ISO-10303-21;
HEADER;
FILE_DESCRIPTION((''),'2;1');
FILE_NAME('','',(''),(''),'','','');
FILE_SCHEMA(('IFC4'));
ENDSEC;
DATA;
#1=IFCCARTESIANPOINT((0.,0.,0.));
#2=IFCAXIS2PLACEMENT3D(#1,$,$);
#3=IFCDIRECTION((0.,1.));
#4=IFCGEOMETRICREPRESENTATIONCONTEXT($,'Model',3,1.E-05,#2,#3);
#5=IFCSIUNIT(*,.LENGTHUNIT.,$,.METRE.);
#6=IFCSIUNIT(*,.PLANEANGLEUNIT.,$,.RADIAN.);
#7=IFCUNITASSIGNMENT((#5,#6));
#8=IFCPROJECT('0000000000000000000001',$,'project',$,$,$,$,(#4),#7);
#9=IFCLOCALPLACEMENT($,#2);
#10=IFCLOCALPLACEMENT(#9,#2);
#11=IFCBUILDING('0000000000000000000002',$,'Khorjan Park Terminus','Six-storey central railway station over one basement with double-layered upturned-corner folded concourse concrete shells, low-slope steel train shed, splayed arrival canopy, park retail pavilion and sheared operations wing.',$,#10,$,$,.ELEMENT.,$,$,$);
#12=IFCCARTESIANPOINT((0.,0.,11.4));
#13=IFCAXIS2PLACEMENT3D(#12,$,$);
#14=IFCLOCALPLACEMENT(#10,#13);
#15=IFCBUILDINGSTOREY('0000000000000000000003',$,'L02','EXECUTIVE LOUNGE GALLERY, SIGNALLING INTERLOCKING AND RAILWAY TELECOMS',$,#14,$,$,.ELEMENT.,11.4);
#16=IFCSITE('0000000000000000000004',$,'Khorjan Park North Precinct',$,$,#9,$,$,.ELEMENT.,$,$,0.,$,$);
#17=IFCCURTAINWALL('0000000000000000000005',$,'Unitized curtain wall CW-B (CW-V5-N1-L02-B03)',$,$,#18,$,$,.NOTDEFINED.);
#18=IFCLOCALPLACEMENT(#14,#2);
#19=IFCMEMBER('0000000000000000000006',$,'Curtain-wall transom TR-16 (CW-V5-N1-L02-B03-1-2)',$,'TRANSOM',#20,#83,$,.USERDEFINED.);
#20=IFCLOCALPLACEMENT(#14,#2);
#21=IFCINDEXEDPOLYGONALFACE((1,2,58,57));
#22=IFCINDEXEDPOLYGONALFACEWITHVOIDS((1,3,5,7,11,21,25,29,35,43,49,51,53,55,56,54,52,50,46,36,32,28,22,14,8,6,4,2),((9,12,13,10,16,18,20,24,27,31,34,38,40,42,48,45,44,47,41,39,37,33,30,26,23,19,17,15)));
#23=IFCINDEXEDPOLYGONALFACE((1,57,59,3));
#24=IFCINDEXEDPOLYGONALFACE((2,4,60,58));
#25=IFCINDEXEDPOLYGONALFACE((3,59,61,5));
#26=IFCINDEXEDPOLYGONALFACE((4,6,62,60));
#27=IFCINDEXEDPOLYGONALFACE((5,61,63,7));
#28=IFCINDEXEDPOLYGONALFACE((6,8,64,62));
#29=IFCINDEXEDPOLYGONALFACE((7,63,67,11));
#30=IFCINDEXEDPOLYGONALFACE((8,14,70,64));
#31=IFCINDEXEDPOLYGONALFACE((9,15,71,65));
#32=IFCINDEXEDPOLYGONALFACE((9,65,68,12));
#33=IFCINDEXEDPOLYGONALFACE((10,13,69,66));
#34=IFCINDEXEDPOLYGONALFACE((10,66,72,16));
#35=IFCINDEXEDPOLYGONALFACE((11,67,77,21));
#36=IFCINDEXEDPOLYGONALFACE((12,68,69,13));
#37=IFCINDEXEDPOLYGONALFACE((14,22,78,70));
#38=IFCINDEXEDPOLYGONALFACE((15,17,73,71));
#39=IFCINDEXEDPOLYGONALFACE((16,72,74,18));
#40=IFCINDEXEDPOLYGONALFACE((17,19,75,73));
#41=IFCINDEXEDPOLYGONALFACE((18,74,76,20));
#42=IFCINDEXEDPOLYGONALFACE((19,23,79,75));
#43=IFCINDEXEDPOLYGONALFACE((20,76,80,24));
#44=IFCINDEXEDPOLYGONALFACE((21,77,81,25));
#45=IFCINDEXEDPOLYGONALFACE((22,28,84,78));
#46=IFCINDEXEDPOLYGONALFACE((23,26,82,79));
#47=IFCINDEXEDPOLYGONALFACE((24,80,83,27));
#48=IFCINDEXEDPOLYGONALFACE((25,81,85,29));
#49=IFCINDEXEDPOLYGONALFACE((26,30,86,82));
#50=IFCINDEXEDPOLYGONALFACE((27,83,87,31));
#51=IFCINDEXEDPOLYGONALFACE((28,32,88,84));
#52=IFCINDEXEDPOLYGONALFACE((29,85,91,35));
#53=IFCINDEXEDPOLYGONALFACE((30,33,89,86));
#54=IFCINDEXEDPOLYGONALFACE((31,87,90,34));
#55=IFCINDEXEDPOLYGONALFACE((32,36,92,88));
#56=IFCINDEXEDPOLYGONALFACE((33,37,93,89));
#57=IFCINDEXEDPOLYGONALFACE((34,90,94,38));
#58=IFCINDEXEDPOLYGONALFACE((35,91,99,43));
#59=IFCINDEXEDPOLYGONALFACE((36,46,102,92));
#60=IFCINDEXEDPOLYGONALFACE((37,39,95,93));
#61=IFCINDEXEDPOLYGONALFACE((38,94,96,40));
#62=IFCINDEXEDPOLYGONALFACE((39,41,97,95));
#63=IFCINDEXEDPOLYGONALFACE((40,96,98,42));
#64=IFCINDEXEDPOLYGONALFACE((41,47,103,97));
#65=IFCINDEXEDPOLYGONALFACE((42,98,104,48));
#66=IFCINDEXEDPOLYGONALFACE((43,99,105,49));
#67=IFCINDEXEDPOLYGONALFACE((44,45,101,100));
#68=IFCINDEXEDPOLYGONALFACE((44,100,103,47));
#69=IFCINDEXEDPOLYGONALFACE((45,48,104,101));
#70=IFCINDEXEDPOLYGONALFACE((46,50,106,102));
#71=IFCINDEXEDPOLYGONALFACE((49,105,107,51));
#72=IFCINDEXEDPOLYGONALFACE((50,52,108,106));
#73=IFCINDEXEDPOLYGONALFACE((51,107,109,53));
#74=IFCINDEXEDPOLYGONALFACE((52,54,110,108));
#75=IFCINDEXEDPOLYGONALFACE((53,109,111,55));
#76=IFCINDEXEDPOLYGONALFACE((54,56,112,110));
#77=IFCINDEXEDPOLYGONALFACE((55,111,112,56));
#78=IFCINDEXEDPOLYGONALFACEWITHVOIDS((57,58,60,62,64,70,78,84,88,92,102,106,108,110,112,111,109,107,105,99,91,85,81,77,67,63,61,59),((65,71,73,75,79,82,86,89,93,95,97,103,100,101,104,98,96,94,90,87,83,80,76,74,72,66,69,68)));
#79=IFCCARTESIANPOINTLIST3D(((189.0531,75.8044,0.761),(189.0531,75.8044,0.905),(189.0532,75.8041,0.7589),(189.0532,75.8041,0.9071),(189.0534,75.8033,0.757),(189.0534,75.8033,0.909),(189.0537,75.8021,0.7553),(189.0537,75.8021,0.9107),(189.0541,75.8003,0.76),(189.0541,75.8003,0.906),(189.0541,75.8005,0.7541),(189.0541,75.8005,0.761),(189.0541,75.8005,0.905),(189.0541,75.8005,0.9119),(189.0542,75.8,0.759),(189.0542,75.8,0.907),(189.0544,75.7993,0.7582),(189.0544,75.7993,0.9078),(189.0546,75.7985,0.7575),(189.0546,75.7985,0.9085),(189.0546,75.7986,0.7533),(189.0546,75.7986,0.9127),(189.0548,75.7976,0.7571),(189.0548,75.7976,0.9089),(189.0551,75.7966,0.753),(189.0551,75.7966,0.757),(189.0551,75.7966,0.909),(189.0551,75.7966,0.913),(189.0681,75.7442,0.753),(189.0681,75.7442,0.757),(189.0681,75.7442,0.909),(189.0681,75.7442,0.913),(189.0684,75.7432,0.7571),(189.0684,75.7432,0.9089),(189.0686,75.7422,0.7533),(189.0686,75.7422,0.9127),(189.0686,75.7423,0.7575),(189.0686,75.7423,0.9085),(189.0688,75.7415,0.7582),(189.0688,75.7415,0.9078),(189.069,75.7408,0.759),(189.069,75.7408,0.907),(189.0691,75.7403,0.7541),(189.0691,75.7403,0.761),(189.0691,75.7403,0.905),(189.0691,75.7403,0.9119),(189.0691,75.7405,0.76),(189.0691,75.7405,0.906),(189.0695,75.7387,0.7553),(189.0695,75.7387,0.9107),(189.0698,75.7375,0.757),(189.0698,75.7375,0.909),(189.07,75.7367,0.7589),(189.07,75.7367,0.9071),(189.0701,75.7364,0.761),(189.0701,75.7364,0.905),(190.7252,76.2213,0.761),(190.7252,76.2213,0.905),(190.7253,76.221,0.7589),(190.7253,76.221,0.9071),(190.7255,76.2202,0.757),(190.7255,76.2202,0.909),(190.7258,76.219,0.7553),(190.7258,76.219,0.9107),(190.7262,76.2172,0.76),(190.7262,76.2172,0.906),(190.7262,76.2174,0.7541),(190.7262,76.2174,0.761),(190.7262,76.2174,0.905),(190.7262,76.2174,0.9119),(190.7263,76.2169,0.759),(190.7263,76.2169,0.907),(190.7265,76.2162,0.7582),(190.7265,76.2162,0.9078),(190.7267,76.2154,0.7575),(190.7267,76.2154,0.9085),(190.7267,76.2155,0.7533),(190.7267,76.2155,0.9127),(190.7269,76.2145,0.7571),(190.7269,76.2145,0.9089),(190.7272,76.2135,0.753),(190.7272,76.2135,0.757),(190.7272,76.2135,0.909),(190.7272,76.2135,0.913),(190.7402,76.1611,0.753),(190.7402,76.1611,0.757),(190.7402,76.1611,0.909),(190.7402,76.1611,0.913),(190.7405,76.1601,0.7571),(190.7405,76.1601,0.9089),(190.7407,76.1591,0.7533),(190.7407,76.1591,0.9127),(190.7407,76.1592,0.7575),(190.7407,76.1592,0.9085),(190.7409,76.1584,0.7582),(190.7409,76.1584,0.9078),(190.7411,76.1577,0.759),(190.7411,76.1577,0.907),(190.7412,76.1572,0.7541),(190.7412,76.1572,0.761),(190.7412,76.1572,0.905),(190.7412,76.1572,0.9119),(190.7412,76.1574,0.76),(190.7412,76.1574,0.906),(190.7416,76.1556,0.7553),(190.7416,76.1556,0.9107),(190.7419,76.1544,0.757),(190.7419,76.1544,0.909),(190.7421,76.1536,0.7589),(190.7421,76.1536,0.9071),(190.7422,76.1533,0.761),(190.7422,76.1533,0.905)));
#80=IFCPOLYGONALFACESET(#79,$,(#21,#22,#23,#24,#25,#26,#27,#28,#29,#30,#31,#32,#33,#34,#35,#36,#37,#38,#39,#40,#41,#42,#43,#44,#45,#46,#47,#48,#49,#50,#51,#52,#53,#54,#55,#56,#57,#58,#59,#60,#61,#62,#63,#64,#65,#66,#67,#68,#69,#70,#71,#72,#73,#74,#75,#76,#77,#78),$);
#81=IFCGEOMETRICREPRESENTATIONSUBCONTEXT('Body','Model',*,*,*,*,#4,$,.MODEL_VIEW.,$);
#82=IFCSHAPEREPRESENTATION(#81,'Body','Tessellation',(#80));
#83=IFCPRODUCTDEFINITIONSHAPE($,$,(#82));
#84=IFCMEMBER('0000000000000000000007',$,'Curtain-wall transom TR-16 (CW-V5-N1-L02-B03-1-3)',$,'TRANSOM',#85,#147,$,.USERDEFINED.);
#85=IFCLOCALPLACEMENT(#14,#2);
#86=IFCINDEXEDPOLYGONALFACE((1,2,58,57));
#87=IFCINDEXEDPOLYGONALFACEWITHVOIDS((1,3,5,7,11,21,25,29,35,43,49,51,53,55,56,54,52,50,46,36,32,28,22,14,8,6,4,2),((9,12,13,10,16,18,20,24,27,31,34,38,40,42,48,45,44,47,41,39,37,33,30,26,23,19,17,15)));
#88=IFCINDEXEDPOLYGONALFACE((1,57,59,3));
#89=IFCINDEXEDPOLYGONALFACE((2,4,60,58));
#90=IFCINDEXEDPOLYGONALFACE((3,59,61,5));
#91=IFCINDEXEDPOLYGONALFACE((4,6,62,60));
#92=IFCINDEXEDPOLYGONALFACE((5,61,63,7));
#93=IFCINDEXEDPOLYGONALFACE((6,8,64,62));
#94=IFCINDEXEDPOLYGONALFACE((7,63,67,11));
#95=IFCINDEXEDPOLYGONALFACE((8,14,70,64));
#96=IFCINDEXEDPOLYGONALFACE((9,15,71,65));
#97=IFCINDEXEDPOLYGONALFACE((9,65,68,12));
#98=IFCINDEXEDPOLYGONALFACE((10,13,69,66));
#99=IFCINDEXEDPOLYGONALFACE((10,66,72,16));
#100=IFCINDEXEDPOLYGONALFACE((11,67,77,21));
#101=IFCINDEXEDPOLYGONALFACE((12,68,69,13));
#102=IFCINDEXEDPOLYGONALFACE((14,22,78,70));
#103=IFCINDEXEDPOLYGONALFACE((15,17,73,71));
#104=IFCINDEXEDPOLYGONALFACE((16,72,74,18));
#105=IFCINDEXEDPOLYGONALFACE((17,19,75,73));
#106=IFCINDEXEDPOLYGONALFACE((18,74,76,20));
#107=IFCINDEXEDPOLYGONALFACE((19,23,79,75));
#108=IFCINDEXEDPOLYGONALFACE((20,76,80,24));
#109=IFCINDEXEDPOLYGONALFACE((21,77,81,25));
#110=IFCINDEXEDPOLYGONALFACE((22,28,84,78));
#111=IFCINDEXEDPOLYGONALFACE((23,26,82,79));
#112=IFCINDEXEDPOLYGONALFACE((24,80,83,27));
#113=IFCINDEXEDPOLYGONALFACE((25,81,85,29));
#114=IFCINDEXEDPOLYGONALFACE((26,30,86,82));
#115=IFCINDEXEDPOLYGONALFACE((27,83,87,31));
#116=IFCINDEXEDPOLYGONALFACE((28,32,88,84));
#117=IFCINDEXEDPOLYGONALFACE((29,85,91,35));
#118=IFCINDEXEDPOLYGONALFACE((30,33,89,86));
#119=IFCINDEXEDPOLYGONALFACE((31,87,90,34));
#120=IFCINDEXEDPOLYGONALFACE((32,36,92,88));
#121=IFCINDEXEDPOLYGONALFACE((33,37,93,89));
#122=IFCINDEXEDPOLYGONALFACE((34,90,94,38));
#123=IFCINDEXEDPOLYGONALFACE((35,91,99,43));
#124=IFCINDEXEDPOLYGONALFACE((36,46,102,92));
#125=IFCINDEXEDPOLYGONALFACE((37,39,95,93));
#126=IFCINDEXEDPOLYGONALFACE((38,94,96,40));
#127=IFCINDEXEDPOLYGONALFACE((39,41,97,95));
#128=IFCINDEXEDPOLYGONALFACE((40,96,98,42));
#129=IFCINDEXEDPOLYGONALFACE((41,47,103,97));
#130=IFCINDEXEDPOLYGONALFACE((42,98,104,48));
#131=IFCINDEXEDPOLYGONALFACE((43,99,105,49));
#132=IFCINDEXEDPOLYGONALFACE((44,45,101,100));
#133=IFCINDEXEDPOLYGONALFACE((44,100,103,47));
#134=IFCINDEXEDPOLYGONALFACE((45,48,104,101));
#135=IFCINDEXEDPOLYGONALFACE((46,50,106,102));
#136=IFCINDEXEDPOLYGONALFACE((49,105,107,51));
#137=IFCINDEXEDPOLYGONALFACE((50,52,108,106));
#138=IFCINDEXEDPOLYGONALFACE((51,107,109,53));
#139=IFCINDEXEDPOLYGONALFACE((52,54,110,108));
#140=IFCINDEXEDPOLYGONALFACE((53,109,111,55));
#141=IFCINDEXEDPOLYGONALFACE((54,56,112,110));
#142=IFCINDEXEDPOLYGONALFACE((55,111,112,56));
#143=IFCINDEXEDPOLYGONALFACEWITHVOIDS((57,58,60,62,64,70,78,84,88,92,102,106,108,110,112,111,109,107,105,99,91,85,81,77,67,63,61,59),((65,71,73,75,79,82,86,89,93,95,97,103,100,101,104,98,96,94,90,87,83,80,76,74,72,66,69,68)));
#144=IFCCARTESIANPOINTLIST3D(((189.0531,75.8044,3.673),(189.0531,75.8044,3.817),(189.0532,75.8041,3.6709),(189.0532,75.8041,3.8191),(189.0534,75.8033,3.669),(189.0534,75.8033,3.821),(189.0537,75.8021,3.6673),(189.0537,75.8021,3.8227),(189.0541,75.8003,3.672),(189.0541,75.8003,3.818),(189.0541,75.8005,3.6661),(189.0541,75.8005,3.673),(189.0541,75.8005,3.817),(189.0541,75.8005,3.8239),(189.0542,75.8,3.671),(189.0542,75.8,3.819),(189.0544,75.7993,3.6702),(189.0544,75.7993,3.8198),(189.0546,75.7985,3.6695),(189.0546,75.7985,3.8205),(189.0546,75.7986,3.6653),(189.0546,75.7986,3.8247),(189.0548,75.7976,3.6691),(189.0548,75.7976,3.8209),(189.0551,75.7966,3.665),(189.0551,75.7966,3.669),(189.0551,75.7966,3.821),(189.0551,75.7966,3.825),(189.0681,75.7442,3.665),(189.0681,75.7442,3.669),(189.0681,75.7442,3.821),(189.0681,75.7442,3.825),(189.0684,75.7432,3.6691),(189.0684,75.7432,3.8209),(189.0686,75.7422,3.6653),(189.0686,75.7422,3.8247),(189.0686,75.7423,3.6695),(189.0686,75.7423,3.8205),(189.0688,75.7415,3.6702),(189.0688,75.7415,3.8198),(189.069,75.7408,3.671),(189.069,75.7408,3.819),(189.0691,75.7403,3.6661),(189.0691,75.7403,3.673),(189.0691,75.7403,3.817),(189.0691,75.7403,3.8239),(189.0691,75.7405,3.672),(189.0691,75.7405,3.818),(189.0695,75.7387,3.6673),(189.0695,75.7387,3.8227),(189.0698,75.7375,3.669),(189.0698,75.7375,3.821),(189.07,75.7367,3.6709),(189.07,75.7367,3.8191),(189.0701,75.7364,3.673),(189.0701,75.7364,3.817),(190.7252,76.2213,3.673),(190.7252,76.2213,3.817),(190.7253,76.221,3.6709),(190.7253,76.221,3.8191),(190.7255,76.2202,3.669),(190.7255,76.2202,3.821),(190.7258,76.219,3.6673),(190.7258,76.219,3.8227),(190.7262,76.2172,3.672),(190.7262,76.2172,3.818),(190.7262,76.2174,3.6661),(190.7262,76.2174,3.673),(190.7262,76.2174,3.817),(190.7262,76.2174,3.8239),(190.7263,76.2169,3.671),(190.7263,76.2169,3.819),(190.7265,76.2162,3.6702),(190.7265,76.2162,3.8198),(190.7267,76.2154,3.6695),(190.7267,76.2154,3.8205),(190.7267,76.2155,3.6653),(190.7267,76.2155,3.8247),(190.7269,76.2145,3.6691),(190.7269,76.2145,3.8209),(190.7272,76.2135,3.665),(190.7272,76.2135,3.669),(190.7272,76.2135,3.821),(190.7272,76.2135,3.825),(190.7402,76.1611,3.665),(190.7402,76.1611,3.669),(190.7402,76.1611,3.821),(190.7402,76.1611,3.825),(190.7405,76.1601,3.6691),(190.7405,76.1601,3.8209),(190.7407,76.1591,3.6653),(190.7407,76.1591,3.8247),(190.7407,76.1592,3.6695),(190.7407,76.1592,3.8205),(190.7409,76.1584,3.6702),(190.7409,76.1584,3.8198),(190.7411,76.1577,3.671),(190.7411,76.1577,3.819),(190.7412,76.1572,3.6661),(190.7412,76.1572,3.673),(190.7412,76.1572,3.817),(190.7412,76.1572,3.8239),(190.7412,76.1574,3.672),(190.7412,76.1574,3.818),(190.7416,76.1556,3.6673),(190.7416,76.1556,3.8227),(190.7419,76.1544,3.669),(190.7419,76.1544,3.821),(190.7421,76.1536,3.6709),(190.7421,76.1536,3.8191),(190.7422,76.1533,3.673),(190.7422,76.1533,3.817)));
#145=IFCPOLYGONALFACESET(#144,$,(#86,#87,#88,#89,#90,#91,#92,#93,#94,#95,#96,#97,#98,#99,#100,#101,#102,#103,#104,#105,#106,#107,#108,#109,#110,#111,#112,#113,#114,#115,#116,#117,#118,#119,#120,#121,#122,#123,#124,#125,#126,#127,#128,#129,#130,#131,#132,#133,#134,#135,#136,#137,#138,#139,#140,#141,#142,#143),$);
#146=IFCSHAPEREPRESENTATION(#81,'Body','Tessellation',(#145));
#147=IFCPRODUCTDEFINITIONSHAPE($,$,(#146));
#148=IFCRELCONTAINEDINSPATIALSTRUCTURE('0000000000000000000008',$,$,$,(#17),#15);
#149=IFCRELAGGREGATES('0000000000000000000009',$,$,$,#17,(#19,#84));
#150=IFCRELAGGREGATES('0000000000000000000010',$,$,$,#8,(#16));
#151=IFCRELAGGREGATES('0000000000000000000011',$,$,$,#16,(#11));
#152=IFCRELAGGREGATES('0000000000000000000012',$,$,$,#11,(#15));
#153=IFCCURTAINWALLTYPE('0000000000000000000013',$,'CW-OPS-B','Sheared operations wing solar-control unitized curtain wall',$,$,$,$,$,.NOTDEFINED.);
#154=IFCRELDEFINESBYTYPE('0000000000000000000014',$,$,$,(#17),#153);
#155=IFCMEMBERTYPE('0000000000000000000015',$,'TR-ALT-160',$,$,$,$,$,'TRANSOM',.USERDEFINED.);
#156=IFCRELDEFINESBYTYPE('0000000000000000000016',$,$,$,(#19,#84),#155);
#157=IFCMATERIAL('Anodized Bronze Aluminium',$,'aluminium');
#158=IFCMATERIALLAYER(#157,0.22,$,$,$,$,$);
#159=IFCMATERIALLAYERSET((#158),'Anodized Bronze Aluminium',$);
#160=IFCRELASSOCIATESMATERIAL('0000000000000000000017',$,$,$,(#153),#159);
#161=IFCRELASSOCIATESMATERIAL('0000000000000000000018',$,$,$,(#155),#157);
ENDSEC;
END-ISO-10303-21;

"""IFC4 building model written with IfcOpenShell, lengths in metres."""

from ifc_helpers import new_model, si_unit, direction, frame, origin, origin_2d, place, context, subcontext, project, spatial, hollow_rectangle, extrude, material, layer, layer_set, material_profile, profile_set, type_object, element, aggregate, save


model = new_model("IFC4")

# Units and contexts
model_context = context("Model", 3, precision=1e-05, world=origin(), true_north=direction((0.0, 1.0)))
body_context = subcontext(model_context, "Body", "Model", "MODEL_VIEW")
ifc_project = project(units=[si_unit("LENGTHUNIT", "METRE"), si_unit("PLANEANGLEUNIT", "RADIAN")], contexts=[model_context])

# Site, building, storey
site_placement = place(None, origin())
site = spatial("IfcSite", under=ifc_project, at=site_placement, Name="Khorjan Park North Precinct", CompositionType="ELEMENT", RefElevation=0.0)
building_placement = place(site_placement, origin())
building = spatial("IfcBuilding", under=site, at=building_placement, Name="Khorjan Park Terminus", Description="Six-storey central railway station over one basement with double-layered upturned-corner folded concourse concrete shells, low-slope steel train shed, splayed arrival canopy, park retail pavilion and sheared operations wing.", CompositionType="ELEMENT")
storey_placement = place(building_placement, frame((0.0, 0.0, 11.4)))
storey = spatial("IfcBuildingStorey", under=building, at=storey_placement, Name="L02", Description="EXECUTIVE LOUNGE GALLERY, SIGNALLING INTERLOCKING AND RAILWAY TELECOMS", CompositionType="ELEMENT", Elevation=11.4)

# Curtain wall, members
ifc_material_1 = material(Name="Anodized Bronze Aluminium", Category="aluminium")
ifc_layer_1 = layer(ifc_material_1, 0.22)
ifc_layer_set_1 = layer_set([ifc_layer_1], Name="Anodized Bronze Aluminium")
curtain_wall_type = type_object("IfcCurtainWallType", Name="CW-OPS-B", Description="Sheared operations wing solar-control unitized curtain wall", PredefinedType="NOTDEFINED", material=ifc_layer_set_1)
curtain_wall_placement = place(storey_placement, origin())
curtain_wall = element("IfcCurtainWall", 1, at=curtain_wall_placement, inside=storey, type_object=curtain_wall_type, Name="Unitized curtain wall CW-B (CW-V5-N1-L02-B03)", PredefinedType="NOTDEFINED")
ifc_material_profile_1 = material_profile(ifc_material_1, hollow_rectangle(XDim=0.07, YDim=0.16, WallThickness=0.004, InnerFilletRadius=0.004, OuterFilletRadius=0.008, at=origin_2d()), Name="ALT 70x160x4")
ifc_profile_set_1 = profile_set([ifc_material_profile_1], Name="Anodized Bronze Aluminium")
member_type_1 = type_object("IfcMemberType", Name="TR-ALT-160", ElementType="TRANSOM", PredefinedType="USERDEFINED", material=ifc_profile_set_1)
member_1_placement = place(storey_placement, frame((190.7337, 76.1873, 0.833), z_axis=(-0.970296, -0.241921, 0.0), x_axis=(0.241921, -0.970296, 0.0)))
member_1 = element("IfcMember", 2, at=member_1_placement, type_object=member_type_1, Name="Curtain-wall transom TR-16 (CW-V5-N1-L02-B03-1-2)", ObjectType="TRANSOM", PredefinedType="USERDEFINED", context=body_context, shape_type="SweptSolid", body=[
    extrude(hollow_rectangle(XDim=0.07, YDim=0.16, WallThickness=0.004, InnerFilletRadius=0.004, OuterFilletRadius=0.008, at=origin_2d()), origin(), (0.0, 0.0, 1.0), 1.7233),
])
member_2_placement = place(storey_placement, frame((190.7337, 76.1873, 3.745), z_axis=(-0.970296, -0.241921, 0.0), x_axis=(0.241921, -0.970296, 0.0)))
member_2 = element("IfcMember", 3, at=member_2_placement, type_object=member_type_1, Name="Curtain-wall transom TR-16 (CW-V5-N1-L02-B03-1-3)", ObjectType="TRANSOM", PredefinedType="USERDEFINED", context=body_context, shape_type="SweptSolid", body=[
    extrude(hollow_rectangle(XDim=0.07, YDim=0.16, WallThickness=0.004, InnerFilletRadius=0.004, OuterFilletRadius=0.008, at=origin_2d()), origin(), (0.0, 0.0, 1.0), 1.7233),
])
aggregate(curtain_wall, [member_1, member_2])

save(model, "model.ifc")
